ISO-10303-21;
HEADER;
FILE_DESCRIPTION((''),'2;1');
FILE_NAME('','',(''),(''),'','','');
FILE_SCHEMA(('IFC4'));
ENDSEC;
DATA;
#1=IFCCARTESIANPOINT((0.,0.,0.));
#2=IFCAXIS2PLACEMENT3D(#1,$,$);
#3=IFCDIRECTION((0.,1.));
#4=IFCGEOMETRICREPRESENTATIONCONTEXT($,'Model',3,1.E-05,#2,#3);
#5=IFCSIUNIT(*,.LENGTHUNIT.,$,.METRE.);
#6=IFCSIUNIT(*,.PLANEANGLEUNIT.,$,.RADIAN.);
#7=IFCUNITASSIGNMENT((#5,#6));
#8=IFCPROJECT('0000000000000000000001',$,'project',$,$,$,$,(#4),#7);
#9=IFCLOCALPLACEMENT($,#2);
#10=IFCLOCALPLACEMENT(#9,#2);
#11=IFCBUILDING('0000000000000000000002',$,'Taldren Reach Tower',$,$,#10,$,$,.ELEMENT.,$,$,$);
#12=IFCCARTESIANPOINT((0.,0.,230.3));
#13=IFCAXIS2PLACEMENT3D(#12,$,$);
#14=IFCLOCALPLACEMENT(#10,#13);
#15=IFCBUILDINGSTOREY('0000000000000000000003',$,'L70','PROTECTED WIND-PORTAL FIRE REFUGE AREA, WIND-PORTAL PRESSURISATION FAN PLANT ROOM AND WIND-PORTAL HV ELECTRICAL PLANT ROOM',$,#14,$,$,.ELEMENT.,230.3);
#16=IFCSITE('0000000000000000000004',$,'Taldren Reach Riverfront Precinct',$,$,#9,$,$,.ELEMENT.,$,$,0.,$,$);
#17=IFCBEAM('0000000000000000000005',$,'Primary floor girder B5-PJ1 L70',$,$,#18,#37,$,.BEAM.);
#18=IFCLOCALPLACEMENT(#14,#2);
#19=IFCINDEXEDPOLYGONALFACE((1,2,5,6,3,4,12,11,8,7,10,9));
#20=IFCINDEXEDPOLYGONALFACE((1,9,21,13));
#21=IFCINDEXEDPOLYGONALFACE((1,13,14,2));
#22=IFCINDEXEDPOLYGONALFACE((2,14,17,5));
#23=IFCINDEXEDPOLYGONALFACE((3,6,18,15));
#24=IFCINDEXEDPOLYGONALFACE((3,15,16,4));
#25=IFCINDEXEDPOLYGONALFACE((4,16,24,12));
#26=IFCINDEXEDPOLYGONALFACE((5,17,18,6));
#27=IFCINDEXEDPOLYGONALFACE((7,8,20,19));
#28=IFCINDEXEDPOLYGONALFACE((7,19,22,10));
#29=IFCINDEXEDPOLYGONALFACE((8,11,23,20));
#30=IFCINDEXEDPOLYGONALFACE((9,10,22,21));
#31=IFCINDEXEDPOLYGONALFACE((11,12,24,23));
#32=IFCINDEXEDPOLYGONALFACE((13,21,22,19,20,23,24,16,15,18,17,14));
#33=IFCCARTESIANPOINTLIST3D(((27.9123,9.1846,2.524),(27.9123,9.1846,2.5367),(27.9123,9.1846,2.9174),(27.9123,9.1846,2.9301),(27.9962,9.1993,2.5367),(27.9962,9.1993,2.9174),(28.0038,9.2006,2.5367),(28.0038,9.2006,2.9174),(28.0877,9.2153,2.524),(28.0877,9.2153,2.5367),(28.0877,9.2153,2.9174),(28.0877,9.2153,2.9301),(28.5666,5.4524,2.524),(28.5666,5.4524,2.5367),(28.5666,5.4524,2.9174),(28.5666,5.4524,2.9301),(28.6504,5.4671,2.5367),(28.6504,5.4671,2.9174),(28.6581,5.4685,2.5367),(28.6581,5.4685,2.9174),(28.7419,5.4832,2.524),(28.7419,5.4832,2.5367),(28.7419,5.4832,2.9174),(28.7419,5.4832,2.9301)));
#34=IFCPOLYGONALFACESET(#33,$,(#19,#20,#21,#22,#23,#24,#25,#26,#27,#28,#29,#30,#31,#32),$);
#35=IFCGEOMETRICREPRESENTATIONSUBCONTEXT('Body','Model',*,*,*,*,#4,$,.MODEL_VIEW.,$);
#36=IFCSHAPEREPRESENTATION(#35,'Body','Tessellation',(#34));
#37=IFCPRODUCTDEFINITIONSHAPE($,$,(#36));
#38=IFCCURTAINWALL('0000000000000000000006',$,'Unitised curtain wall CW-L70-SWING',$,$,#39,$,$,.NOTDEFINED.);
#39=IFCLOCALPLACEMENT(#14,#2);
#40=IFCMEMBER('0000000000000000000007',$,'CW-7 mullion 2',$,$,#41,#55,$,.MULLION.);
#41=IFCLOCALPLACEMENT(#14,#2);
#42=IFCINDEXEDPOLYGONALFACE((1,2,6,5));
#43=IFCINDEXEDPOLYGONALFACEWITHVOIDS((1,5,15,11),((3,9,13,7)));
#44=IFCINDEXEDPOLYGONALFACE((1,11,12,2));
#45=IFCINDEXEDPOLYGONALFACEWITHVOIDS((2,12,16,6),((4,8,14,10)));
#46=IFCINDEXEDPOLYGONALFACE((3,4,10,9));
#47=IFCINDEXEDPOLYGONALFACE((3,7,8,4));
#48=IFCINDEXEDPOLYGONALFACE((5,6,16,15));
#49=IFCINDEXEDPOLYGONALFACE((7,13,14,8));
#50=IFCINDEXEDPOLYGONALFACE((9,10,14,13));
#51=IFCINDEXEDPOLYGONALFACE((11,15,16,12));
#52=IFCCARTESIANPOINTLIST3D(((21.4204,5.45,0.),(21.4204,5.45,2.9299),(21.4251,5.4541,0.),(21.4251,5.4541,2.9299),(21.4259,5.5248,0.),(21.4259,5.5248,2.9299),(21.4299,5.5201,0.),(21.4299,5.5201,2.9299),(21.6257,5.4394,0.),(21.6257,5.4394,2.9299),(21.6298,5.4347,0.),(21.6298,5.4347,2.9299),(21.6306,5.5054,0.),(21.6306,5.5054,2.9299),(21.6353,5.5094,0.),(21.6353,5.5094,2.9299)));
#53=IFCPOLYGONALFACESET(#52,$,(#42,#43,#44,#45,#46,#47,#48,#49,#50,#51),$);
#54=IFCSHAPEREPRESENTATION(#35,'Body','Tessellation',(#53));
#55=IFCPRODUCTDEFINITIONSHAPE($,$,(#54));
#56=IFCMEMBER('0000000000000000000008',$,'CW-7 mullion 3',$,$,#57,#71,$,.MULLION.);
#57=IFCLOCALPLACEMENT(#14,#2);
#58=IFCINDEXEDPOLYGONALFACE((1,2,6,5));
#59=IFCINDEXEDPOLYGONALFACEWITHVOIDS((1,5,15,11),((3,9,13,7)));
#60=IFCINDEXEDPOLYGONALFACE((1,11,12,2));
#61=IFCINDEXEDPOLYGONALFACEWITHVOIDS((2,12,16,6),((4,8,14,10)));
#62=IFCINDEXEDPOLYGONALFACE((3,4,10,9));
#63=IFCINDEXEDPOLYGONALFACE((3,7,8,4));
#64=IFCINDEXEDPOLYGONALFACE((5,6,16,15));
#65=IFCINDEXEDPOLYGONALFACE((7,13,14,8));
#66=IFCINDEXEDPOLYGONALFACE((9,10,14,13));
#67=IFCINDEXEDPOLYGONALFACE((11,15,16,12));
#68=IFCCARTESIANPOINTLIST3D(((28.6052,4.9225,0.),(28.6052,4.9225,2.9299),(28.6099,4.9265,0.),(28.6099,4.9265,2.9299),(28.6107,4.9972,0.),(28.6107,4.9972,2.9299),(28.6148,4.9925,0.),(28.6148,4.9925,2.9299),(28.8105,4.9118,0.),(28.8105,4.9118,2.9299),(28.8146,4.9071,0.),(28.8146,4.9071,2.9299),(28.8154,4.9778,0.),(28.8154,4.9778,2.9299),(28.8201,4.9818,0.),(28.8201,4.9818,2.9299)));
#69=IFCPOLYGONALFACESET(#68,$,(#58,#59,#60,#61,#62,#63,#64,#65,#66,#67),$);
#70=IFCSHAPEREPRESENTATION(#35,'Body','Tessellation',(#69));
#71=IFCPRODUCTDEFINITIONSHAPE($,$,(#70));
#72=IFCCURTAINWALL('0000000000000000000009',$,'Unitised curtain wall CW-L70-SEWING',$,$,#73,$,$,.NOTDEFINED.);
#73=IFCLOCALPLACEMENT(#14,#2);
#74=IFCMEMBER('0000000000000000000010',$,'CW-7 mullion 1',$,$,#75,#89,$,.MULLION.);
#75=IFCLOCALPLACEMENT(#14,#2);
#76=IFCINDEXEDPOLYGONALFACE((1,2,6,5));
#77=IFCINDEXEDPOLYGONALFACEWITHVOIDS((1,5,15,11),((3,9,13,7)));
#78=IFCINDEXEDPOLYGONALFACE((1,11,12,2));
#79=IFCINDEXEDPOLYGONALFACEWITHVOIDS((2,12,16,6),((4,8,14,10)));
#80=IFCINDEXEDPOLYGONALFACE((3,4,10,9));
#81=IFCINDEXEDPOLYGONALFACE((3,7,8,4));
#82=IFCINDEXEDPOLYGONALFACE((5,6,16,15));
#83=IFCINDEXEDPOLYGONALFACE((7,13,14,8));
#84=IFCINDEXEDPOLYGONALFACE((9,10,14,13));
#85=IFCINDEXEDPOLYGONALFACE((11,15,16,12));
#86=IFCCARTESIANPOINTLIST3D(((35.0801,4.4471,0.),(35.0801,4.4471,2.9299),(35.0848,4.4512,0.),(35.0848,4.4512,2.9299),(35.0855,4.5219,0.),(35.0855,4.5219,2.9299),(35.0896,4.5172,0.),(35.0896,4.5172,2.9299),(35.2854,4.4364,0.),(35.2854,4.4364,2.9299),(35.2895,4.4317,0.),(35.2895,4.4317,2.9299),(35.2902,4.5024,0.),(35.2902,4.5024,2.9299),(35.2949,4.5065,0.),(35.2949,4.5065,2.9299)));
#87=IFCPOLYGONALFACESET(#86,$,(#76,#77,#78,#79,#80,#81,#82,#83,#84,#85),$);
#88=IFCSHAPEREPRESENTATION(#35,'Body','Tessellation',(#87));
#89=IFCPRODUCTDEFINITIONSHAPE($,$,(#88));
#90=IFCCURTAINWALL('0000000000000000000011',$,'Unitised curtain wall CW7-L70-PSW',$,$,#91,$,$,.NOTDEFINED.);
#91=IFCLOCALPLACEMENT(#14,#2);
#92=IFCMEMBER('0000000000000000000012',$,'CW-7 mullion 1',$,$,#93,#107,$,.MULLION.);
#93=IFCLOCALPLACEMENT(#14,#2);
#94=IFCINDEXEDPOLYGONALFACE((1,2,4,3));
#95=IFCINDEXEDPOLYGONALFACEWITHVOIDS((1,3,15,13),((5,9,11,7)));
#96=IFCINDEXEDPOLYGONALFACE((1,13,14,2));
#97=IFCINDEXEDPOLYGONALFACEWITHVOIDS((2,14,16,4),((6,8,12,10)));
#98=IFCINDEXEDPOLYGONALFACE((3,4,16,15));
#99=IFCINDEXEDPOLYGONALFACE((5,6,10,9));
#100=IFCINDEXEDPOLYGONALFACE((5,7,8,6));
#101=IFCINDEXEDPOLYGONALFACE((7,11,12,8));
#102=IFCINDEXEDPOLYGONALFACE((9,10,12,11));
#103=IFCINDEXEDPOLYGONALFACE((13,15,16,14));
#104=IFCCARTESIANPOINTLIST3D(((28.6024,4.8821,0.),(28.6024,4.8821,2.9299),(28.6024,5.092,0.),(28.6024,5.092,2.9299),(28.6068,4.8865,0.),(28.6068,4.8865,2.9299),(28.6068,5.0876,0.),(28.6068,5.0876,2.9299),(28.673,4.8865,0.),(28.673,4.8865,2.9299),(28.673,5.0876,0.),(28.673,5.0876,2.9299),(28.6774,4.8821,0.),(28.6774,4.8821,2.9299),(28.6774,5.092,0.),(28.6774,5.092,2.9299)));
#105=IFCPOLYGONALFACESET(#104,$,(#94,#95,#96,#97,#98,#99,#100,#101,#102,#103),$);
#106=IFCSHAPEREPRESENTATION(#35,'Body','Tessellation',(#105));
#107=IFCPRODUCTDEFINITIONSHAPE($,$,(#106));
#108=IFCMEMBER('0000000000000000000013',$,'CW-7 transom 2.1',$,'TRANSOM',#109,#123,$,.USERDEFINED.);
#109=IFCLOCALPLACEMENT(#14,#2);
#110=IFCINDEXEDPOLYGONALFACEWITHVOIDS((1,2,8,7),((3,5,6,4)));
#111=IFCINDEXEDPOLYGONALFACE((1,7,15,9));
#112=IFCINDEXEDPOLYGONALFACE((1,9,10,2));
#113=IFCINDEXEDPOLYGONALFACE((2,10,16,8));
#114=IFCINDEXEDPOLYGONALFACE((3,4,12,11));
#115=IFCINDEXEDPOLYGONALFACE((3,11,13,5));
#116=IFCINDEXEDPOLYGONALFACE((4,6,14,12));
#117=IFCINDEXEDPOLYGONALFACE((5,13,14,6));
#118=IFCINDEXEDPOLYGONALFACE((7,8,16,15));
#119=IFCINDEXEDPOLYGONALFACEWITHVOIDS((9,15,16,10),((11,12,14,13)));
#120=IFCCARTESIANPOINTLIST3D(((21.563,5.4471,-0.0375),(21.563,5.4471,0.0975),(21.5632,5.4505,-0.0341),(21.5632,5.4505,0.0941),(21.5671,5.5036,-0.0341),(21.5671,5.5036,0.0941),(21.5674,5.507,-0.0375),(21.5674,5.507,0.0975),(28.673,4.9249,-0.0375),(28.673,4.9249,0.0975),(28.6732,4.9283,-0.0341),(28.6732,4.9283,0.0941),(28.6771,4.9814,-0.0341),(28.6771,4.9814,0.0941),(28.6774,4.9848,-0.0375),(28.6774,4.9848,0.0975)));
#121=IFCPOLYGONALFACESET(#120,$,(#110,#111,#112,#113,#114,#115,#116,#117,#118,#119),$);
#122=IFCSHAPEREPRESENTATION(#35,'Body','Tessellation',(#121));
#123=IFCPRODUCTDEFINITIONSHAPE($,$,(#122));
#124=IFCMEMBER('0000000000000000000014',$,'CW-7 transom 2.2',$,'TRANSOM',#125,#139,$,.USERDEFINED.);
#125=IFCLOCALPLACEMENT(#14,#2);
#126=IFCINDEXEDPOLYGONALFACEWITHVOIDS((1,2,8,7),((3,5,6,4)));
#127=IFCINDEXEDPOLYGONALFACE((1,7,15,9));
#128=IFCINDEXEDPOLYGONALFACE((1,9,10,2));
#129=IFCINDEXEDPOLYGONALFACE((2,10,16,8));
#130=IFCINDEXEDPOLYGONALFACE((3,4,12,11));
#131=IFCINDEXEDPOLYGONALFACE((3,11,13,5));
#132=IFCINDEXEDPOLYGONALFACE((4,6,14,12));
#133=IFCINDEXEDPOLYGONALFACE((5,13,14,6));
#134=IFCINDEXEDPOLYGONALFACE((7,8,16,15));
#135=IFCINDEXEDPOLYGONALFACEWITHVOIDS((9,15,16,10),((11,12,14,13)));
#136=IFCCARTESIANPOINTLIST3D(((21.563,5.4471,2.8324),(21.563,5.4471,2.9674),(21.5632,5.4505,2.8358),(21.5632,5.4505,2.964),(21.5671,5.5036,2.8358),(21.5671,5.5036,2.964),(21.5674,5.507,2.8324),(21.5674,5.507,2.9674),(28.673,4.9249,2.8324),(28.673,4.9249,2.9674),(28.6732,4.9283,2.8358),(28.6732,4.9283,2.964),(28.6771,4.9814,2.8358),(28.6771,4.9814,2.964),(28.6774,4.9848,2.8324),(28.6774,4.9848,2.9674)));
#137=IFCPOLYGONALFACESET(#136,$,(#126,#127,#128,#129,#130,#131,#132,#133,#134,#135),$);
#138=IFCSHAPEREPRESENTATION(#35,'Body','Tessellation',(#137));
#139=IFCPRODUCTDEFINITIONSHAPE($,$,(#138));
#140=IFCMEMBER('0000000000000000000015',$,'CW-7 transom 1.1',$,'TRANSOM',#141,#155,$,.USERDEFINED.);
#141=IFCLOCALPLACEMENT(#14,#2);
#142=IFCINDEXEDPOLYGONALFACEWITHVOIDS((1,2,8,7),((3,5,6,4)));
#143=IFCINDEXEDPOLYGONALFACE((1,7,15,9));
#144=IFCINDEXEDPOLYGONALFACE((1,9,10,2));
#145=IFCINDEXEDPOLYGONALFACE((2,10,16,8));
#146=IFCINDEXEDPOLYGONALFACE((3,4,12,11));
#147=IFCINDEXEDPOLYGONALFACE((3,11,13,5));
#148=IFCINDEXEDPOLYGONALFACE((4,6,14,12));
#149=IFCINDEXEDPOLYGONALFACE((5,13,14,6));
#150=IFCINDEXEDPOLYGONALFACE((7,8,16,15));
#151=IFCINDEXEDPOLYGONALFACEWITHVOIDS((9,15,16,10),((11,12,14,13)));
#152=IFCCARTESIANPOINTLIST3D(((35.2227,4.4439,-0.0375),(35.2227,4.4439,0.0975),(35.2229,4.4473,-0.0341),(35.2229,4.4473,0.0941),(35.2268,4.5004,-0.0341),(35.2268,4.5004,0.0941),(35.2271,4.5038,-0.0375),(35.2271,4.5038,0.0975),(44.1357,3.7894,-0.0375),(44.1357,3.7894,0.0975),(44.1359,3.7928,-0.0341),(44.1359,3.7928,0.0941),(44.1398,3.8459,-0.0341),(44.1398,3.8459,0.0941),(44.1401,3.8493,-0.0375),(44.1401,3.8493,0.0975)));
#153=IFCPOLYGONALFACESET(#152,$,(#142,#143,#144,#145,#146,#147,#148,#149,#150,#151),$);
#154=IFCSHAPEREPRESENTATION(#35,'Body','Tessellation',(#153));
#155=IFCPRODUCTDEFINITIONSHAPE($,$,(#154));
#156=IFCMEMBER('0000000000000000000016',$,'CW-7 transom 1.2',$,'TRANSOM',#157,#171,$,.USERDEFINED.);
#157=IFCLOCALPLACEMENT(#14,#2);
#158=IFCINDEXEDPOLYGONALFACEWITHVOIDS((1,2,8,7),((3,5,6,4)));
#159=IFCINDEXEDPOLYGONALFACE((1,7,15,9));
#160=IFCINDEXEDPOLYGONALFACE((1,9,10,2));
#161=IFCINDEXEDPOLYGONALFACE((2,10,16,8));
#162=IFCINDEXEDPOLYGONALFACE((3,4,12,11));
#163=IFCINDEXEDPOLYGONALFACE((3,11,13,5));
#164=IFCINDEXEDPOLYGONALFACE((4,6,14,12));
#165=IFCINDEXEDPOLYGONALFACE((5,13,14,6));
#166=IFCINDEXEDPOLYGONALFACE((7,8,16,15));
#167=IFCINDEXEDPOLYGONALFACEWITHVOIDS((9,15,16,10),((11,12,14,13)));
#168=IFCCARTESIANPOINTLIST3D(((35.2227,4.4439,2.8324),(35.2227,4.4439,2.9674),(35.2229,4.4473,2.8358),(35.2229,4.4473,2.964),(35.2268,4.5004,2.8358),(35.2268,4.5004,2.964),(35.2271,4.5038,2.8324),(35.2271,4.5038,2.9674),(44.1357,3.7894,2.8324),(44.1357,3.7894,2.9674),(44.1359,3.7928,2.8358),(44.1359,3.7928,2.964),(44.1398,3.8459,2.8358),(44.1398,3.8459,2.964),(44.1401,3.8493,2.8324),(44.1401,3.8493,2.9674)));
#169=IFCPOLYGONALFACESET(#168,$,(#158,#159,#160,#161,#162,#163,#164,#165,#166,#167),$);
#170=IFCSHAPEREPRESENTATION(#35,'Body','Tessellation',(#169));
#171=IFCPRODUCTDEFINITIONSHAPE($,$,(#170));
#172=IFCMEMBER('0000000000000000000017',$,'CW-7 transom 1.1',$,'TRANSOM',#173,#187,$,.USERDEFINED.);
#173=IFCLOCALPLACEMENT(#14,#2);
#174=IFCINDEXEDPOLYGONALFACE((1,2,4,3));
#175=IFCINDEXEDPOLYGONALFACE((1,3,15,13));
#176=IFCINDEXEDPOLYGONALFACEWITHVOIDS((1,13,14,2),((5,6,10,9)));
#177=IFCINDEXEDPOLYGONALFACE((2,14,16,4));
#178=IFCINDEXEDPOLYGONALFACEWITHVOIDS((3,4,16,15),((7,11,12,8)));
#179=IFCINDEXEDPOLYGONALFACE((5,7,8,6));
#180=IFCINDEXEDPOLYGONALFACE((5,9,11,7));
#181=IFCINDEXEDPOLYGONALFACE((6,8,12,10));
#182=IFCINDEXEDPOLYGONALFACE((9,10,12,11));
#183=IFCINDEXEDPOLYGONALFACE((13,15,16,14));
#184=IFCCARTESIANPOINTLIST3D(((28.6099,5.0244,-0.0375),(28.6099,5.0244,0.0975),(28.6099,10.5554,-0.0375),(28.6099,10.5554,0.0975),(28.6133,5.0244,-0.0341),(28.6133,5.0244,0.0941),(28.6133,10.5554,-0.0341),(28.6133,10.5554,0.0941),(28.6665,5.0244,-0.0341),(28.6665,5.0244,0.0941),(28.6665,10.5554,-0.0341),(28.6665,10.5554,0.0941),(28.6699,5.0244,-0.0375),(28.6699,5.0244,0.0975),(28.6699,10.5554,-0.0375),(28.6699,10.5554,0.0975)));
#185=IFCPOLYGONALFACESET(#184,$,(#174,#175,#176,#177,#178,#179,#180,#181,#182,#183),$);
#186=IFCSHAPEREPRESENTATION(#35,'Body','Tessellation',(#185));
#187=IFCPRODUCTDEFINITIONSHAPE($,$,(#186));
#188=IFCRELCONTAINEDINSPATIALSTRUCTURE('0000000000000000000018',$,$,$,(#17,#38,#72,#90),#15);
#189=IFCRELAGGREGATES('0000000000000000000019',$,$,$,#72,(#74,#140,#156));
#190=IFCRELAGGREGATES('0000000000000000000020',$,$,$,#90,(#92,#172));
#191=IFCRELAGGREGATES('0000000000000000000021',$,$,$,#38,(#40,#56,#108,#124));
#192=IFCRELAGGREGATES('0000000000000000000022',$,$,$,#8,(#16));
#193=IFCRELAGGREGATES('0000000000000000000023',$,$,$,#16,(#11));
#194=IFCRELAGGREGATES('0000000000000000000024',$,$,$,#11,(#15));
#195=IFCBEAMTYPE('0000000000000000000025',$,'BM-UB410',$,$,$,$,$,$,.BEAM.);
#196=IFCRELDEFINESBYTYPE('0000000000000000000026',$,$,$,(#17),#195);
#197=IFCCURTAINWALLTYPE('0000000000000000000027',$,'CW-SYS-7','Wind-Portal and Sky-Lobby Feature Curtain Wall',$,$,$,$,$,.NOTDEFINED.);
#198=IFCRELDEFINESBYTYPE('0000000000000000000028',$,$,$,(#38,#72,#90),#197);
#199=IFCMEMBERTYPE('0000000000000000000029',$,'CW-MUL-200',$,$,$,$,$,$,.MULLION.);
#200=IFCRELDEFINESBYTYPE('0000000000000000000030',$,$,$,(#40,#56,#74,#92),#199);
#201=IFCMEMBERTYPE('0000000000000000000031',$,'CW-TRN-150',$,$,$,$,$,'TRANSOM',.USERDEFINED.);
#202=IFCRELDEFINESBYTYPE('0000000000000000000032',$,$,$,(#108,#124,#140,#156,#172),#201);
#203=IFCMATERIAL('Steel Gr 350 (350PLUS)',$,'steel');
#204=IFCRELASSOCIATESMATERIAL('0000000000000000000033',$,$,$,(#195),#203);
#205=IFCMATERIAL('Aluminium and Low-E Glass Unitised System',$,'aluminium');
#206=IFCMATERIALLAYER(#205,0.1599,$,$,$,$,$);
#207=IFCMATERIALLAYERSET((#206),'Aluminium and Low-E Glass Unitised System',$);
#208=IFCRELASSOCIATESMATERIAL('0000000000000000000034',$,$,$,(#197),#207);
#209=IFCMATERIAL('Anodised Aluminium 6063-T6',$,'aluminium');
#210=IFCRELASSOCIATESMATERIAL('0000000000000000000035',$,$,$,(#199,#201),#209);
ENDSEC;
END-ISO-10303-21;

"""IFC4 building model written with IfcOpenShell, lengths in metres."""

from ifc_helpers import new_model, si_unit, direction, frame, origin, origin_2d, place, context, subcontext, project, spatial, hollow_rectangle, i_section, extrude, source, transform, mapped, material, layer, layer_set, material_profile, profile_set, type_object, element, aggregate, save


model = new_model("IFC4")

# Units and contexts
model_context = context("Model", 3, precision=1e-05, world=origin(), true_north=direction((0.0, 1.0)))
body_context = subcontext(model_context, "Body", "Model", "MODEL_VIEW")
ifc_project = project(units=[si_unit("LENGTHUNIT", "METRE"), si_unit("PLANEANGLEUNIT", "RADIAN")], contexts=[model_context])

# Site, building, storey
site_placement = place(None, origin())
site = spatial("IfcSite", under=ifc_project, at=site_placement, Name="Taldren Reach Riverfront Precinct", CompositionType="ELEMENT", RefElevation=0.0)
building_placement = place(site_placement, origin())
building = spatial("IfcBuilding", under=site, at=building_placement, Name="Taldren Reach Tower", CompositionType="ELEMENT")
storey_placement = place(building_placement, frame((0.0, 0.0, 230.3)))
storey = spatial("IfcBuildingStorey", under=building, at=storey_placement, Name="L70", Description="PROTECTED WIND-PORTAL FIRE REFUGE AREA, WIND-PORTAL PRESSURISATION FAN PLANT ROOM AND WIND-PORTAL HV ELECTRICAL PLANT ROOM", CompositionType="ELEMENT", Elevation=230.3)

# Shared definitions
ifc_material_1 = material(Name="Steel Gr 350 (350PLUS)", Category="steel")

# Beam
ifc_material_profile_1 = material_profile(ifc_material_1, i_section(OverallWidth=0.178, OverallDepth=0.406, WebThickness=0.0078, FlangeThickness=0.0127, at=origin_2d()), Name="410UB59.7")
ifc_profile_set_1 = profile_set([ifc_material_profile_1], Name="Steel Gr 350 (350PLUS)")
beam_type_1 = type_object("IfcBeamType", Name="BM-UB410", PredefinedType="BEAM", material=ifc_profile_set_1)
shared_shape_1 = source(origin(), body_context, "Body", "SweptSolid", [
    extrude(i_section(OverallWidth=0.178, OverallDepth=0.406, WebThickness=0.0078, FlangeThickness=0.0127, at=origin_2d()), origin(), (0.0, 0.0, 1.0), 3.7891),
])
beam_1_placement = place(storey_placement, frame((28.0, 9.2, 2.7271), z_axis=(0.172679, -0.984978, 0.0), x_axis=(0.984978, 0.172679, 0.0)))
element("IfcBeam", 1, at=beam_1_placement, inside=storey, type_object=beam_type_1, Name="Primary floor girder B5-PJ1 L70", PredefinedType="BEAM", context=body_context, shape_type="MappedRepresentation", body=[
    mapped(shared_shape_1, transform((0.0, 0.0, 0.0), scale=1.0)),
])

# Curtain wall, members
ifc_material_2 = material(Name="Aluminium and Low-E Glass Unitised System", Category="aluminium")
ifc_layer_1 = layer(ifc_material_2, 0.1599)
ifc_layer_set_1 = layer_set([ifc_layer_1], Name="Aluminium and Low-E Glass Unitised System")
curtain_wall_type = type_object("IfcCurtainWallType", Name="CW-SYS-7", Description="Wind-Portal and Sky-Lobby Feature Curtain Wall", PredefinedType="NOTDEFINED", material=ifc_layer_set_1)
curtain_wall_1_placement = place(storey_placement, origin())
curtain_wall_1 = element("IfcCurtainWall", 2, at=curtain_wall_1_placement, inside=storey, type_object=curtain_wall_type, Name="Unitised curtain wall CW-L70-SWING", PredefinedType="NOTDEFINED")
ifc_material_3 = material(Name="Anodised Aluminium 6063-T6", Category="aluminium")
ifc_material_profile_2 = material_profile(ifc_material_3, hollow_rectangle(XDim=0.075, YDim=0.21, WallThickness=0.0044, at=origin_2d()), Name="ALU-210x75x4.5RHS")
ifc_profile_set_2 = profile_set([ifc_material_profile_2], Name="Anodised Aluminium 6063-T6")
member_type_1 = type_object("IfcMemberType", Name="CW-MUL-200", PredefinedType="MULLION", material=ifc_profile_set_2)
shared_shape_2 = source(origin(), body_context, "Body", "SweptSolid", [
    extrude(hollow_rectangle(XDim=0.075, YDim=0.21, WallThickness=0.0044, at=origin_2d()), origin(), (0.0, 0.0, 1.0), 2.9299),
])
member_1_placement = place(storey_placement, frame((21.5278, 5.4797, 0.0), z_axis=(0.0, 0.0, 1.0), x_axis=(0.073238, 0.997314, 0.0)))
member_1 = element("IfcMember", 3, at=member_1_placement, type_object=member_type_1, Name="CW-7 mullion 2", PredefinedType="MULLION", context=body_context, shape_type="MappedRepresentation", body=[
    mapped(shared_shape_2, transform((0.0, 0.0, 0.0), scale=1.0)),
])
member_2_placement = place(storey_placement, frame((28.7126, 4.9521, 0.0), z_axis=(0.0, 0.0, 1.0), x_axis=(0.073238, 0.997314, 0.0)))
member_2 = element("IfcMember", 4, at=member_2_placement, type_object=member_type_1, Name="CW-7 mullion 3", PredefinedType="MULLION", context=body_context, shape_type="MappedRepresentation", body=[
    mapped(shared_shape_2, transform((0.0, 0.0, 0.0), scale=1.0)),
])

# Curtain walls, members
curtain_wall_2_placement = place(storey_placement, origin())
curtain_wall_2 = element("IfcCurtainWall", 5, at=curtain_wall_2_placement, inside=storey, type_object=curtain_wall_type, Name="Unitised curtain wall CW-L70-SEWING", PredefinedType="NOTDEFINED")
member_3_placement = place(storey_placement, frame((35.1875, 4.4768, 0.0), z_axis=(0.0, 0.0, 1.0), x_axis=(0.073238, 0.997314, 0.0)))
member_3 = element("IfcMember", 6, at=member_3_placement, type_object=member_type_1, Name="CW-7 mullion 1", PredefinedType="MULLION", context=body_context, shape_type="MappedRepresentation", body=[
    mapped(shared_shape_2, transform((0.0, 0.0, 0.0), scale=1.0)),
])
curtain_wall_3_placement = place(storey_placement, origin())
curtain_wall_3 = element("IfcCurtainWall", 7, at=curtain_wall_3_placement, inside=storey, type_object=curtain_wall_type, Name="Unitised curtain wall CW7-L70-PSW", PredefinedType="NOTDEFINED")
member_4_placement = place(storey_placement, frame((28.6399, 4.9871, 0.0), z_axis=(0.0, 0.0, 1.0), x_axis=(-1.0, 0.0, 0.0)))
member_4 = element("IfcMember", 8, at=member_4_placement, type_object=member_type_1, Name="CW-7 mullion 1", PredefinedType="MULLION", context=body_context, shape_type="MappedRepresentation", body=[
    mapped(shared_shape_2, transform((0.0, 0.0, 0.0), scale=1.0)),
])

# Members
ifc_material_profile_3 = material_profile(ifc_material_3, hollow_rectangle(XDim=0.0601, YDim=0.135, WallThickness=0.0034, at=origin_2d()), Name="ALU-135x60x3.5RHS")
ifc_profile_set_3 = profile_set([ifc_material_profile_3], Name="Anodised Aluminium 6063-T6")
member_type_2 = type_object("IfcMemberType", Name="CW-TRN-150", ElementType="TRANSOM", PredefinedType="USERDEFINED", material=ifc_profile_set_3)
shared_shape_3 = source(origin(), body_context, "Body", "SweptSolid", [
    extrude(hollow_rectangle(XDim=0.0601, YDim=0.135, WallThickness=0.0034, at=origin_2d()), origin(), (0.0, 0.0, 1.0), 7.1292),
])
member_5_placement = place(storey_placement, frame((21.5652, 5.4771, 0.03), z_axis=(0.997314, -0.07325, 0.0), x_axis=(0.07325, 0.997314, 0.0)))
member_5 = element("IfcMember", 9, at=member_5_placement, type_object=member_type_2, Name="CW-7 transom 2.1", ObjectType="TRANSOM", PredefinedType="USERDEFINED", context=body_context, shape_type="MappedRepresentation", body=[
    mapped(shared_shape_3, transform((0.0, 0.0, 0.0), scale=1.0)),
])
member_6_placement = place(storey_placement, frame((21.5652, 5.4771, 2.8999), z_axis=(0.997314, -0.07325, 0.0), x_axis=(0.07325, 0.997314, 0.0)))
member_6 = element("IfcMember", 10, at=member_6_placement, type_object=member_type_2, Name="CW-7 transom 2.2", ObjectType="TRANSOM", PredefinedType="USERDEFINED", context=body_context, shape_type="MappedRepresentation", body=[
    mapped(shared_shape_3, transform((0.0, 0.0, 0.0), scale=1.0)),
])
shared_shape_4 = source(origin(), body_context, "Body", "SweptSolid", [
    extrude(hollow_rectangle(XDim=0.0601, YDim=0.135, WallThickness=0.0034, at=origin_2d()), origin(), (0.0, 0.0, 1.0), 8.937),
])
member_7_placement = place(storey_placement, frame((35.2249, 4.4739, 0.03), z_axis=(0.997314, -0.073239, 0.0), x_axis=(0.073239, 0.997314, 0.0)))
member_7 = element("IfcMember", 11, at=member_7_placement, type_object=member_type_2, Name="CW-7 transom 1.1", ObjectType="TRANSOM", PredefinedType="USERDEFINED", context=body_context, shape_type="MappedRepresentation", body=[
    mapped(shared_shape_4, transform((0.0, 0.0, 0.0), scale=1.0)),
])
member_8_placement = place(storey_placement, frame((35.2249, 4.4739, 2.8999), z_axis=(0.997314, -0.073239, 0.0), x_axis=(0.073239, 0.997314, 0.0)))
member_8 = element("IfcMember", 12, at=member_8_placement, type_object=member_type_2, Name="CW-7 transom 1.2", ObjectType="TRANSOM", PredefinedType="USERDEFINED", context=body_context, shape_type="MappedRepresentation", body=[
    mapped(shared_shape_4, transform((0.0, 0.0, 0.0), scale=1.0)),
])
aggregate(curtain_wall_2, [member_3, member_7, member_8])
shared_shape_5 = source(origin(), body_context, "Body", "SweptSolid", [
    extrude(hollow_rectangle(XDim=0.0601, YDim=0.135, WallThickness=0.0034, at=origin_2d()), origin(), (0.0, 0.0, 1.0), 5.531),
])
member_9_placement = place(storey_placement, frame((28.6399, 5.0244, 0.03), z_axis=(0.0, 1.0, 0.0), x_axis=(-1.0, 0.0, 0.0)))
member_9 = element("IfcMember", 13, at=member_9_placement, type_object=member_type_2, Name="CW-7 transom 1.1", ObjectType="TRANSOM", PredefinedType="USERDEFINED", context=body_context, shape_type="MappedRepresentation", body=[
    mapped(shared_shape_5, transform((0.0, 0.0, 0.0), scale=1.0)),
])

aggregate(curtain_wall_3, [member_4, member_9])
aggregate(curtain_wall_1, [member_1, member_2, member_5, member_6])

save(model, "model.ifc")
